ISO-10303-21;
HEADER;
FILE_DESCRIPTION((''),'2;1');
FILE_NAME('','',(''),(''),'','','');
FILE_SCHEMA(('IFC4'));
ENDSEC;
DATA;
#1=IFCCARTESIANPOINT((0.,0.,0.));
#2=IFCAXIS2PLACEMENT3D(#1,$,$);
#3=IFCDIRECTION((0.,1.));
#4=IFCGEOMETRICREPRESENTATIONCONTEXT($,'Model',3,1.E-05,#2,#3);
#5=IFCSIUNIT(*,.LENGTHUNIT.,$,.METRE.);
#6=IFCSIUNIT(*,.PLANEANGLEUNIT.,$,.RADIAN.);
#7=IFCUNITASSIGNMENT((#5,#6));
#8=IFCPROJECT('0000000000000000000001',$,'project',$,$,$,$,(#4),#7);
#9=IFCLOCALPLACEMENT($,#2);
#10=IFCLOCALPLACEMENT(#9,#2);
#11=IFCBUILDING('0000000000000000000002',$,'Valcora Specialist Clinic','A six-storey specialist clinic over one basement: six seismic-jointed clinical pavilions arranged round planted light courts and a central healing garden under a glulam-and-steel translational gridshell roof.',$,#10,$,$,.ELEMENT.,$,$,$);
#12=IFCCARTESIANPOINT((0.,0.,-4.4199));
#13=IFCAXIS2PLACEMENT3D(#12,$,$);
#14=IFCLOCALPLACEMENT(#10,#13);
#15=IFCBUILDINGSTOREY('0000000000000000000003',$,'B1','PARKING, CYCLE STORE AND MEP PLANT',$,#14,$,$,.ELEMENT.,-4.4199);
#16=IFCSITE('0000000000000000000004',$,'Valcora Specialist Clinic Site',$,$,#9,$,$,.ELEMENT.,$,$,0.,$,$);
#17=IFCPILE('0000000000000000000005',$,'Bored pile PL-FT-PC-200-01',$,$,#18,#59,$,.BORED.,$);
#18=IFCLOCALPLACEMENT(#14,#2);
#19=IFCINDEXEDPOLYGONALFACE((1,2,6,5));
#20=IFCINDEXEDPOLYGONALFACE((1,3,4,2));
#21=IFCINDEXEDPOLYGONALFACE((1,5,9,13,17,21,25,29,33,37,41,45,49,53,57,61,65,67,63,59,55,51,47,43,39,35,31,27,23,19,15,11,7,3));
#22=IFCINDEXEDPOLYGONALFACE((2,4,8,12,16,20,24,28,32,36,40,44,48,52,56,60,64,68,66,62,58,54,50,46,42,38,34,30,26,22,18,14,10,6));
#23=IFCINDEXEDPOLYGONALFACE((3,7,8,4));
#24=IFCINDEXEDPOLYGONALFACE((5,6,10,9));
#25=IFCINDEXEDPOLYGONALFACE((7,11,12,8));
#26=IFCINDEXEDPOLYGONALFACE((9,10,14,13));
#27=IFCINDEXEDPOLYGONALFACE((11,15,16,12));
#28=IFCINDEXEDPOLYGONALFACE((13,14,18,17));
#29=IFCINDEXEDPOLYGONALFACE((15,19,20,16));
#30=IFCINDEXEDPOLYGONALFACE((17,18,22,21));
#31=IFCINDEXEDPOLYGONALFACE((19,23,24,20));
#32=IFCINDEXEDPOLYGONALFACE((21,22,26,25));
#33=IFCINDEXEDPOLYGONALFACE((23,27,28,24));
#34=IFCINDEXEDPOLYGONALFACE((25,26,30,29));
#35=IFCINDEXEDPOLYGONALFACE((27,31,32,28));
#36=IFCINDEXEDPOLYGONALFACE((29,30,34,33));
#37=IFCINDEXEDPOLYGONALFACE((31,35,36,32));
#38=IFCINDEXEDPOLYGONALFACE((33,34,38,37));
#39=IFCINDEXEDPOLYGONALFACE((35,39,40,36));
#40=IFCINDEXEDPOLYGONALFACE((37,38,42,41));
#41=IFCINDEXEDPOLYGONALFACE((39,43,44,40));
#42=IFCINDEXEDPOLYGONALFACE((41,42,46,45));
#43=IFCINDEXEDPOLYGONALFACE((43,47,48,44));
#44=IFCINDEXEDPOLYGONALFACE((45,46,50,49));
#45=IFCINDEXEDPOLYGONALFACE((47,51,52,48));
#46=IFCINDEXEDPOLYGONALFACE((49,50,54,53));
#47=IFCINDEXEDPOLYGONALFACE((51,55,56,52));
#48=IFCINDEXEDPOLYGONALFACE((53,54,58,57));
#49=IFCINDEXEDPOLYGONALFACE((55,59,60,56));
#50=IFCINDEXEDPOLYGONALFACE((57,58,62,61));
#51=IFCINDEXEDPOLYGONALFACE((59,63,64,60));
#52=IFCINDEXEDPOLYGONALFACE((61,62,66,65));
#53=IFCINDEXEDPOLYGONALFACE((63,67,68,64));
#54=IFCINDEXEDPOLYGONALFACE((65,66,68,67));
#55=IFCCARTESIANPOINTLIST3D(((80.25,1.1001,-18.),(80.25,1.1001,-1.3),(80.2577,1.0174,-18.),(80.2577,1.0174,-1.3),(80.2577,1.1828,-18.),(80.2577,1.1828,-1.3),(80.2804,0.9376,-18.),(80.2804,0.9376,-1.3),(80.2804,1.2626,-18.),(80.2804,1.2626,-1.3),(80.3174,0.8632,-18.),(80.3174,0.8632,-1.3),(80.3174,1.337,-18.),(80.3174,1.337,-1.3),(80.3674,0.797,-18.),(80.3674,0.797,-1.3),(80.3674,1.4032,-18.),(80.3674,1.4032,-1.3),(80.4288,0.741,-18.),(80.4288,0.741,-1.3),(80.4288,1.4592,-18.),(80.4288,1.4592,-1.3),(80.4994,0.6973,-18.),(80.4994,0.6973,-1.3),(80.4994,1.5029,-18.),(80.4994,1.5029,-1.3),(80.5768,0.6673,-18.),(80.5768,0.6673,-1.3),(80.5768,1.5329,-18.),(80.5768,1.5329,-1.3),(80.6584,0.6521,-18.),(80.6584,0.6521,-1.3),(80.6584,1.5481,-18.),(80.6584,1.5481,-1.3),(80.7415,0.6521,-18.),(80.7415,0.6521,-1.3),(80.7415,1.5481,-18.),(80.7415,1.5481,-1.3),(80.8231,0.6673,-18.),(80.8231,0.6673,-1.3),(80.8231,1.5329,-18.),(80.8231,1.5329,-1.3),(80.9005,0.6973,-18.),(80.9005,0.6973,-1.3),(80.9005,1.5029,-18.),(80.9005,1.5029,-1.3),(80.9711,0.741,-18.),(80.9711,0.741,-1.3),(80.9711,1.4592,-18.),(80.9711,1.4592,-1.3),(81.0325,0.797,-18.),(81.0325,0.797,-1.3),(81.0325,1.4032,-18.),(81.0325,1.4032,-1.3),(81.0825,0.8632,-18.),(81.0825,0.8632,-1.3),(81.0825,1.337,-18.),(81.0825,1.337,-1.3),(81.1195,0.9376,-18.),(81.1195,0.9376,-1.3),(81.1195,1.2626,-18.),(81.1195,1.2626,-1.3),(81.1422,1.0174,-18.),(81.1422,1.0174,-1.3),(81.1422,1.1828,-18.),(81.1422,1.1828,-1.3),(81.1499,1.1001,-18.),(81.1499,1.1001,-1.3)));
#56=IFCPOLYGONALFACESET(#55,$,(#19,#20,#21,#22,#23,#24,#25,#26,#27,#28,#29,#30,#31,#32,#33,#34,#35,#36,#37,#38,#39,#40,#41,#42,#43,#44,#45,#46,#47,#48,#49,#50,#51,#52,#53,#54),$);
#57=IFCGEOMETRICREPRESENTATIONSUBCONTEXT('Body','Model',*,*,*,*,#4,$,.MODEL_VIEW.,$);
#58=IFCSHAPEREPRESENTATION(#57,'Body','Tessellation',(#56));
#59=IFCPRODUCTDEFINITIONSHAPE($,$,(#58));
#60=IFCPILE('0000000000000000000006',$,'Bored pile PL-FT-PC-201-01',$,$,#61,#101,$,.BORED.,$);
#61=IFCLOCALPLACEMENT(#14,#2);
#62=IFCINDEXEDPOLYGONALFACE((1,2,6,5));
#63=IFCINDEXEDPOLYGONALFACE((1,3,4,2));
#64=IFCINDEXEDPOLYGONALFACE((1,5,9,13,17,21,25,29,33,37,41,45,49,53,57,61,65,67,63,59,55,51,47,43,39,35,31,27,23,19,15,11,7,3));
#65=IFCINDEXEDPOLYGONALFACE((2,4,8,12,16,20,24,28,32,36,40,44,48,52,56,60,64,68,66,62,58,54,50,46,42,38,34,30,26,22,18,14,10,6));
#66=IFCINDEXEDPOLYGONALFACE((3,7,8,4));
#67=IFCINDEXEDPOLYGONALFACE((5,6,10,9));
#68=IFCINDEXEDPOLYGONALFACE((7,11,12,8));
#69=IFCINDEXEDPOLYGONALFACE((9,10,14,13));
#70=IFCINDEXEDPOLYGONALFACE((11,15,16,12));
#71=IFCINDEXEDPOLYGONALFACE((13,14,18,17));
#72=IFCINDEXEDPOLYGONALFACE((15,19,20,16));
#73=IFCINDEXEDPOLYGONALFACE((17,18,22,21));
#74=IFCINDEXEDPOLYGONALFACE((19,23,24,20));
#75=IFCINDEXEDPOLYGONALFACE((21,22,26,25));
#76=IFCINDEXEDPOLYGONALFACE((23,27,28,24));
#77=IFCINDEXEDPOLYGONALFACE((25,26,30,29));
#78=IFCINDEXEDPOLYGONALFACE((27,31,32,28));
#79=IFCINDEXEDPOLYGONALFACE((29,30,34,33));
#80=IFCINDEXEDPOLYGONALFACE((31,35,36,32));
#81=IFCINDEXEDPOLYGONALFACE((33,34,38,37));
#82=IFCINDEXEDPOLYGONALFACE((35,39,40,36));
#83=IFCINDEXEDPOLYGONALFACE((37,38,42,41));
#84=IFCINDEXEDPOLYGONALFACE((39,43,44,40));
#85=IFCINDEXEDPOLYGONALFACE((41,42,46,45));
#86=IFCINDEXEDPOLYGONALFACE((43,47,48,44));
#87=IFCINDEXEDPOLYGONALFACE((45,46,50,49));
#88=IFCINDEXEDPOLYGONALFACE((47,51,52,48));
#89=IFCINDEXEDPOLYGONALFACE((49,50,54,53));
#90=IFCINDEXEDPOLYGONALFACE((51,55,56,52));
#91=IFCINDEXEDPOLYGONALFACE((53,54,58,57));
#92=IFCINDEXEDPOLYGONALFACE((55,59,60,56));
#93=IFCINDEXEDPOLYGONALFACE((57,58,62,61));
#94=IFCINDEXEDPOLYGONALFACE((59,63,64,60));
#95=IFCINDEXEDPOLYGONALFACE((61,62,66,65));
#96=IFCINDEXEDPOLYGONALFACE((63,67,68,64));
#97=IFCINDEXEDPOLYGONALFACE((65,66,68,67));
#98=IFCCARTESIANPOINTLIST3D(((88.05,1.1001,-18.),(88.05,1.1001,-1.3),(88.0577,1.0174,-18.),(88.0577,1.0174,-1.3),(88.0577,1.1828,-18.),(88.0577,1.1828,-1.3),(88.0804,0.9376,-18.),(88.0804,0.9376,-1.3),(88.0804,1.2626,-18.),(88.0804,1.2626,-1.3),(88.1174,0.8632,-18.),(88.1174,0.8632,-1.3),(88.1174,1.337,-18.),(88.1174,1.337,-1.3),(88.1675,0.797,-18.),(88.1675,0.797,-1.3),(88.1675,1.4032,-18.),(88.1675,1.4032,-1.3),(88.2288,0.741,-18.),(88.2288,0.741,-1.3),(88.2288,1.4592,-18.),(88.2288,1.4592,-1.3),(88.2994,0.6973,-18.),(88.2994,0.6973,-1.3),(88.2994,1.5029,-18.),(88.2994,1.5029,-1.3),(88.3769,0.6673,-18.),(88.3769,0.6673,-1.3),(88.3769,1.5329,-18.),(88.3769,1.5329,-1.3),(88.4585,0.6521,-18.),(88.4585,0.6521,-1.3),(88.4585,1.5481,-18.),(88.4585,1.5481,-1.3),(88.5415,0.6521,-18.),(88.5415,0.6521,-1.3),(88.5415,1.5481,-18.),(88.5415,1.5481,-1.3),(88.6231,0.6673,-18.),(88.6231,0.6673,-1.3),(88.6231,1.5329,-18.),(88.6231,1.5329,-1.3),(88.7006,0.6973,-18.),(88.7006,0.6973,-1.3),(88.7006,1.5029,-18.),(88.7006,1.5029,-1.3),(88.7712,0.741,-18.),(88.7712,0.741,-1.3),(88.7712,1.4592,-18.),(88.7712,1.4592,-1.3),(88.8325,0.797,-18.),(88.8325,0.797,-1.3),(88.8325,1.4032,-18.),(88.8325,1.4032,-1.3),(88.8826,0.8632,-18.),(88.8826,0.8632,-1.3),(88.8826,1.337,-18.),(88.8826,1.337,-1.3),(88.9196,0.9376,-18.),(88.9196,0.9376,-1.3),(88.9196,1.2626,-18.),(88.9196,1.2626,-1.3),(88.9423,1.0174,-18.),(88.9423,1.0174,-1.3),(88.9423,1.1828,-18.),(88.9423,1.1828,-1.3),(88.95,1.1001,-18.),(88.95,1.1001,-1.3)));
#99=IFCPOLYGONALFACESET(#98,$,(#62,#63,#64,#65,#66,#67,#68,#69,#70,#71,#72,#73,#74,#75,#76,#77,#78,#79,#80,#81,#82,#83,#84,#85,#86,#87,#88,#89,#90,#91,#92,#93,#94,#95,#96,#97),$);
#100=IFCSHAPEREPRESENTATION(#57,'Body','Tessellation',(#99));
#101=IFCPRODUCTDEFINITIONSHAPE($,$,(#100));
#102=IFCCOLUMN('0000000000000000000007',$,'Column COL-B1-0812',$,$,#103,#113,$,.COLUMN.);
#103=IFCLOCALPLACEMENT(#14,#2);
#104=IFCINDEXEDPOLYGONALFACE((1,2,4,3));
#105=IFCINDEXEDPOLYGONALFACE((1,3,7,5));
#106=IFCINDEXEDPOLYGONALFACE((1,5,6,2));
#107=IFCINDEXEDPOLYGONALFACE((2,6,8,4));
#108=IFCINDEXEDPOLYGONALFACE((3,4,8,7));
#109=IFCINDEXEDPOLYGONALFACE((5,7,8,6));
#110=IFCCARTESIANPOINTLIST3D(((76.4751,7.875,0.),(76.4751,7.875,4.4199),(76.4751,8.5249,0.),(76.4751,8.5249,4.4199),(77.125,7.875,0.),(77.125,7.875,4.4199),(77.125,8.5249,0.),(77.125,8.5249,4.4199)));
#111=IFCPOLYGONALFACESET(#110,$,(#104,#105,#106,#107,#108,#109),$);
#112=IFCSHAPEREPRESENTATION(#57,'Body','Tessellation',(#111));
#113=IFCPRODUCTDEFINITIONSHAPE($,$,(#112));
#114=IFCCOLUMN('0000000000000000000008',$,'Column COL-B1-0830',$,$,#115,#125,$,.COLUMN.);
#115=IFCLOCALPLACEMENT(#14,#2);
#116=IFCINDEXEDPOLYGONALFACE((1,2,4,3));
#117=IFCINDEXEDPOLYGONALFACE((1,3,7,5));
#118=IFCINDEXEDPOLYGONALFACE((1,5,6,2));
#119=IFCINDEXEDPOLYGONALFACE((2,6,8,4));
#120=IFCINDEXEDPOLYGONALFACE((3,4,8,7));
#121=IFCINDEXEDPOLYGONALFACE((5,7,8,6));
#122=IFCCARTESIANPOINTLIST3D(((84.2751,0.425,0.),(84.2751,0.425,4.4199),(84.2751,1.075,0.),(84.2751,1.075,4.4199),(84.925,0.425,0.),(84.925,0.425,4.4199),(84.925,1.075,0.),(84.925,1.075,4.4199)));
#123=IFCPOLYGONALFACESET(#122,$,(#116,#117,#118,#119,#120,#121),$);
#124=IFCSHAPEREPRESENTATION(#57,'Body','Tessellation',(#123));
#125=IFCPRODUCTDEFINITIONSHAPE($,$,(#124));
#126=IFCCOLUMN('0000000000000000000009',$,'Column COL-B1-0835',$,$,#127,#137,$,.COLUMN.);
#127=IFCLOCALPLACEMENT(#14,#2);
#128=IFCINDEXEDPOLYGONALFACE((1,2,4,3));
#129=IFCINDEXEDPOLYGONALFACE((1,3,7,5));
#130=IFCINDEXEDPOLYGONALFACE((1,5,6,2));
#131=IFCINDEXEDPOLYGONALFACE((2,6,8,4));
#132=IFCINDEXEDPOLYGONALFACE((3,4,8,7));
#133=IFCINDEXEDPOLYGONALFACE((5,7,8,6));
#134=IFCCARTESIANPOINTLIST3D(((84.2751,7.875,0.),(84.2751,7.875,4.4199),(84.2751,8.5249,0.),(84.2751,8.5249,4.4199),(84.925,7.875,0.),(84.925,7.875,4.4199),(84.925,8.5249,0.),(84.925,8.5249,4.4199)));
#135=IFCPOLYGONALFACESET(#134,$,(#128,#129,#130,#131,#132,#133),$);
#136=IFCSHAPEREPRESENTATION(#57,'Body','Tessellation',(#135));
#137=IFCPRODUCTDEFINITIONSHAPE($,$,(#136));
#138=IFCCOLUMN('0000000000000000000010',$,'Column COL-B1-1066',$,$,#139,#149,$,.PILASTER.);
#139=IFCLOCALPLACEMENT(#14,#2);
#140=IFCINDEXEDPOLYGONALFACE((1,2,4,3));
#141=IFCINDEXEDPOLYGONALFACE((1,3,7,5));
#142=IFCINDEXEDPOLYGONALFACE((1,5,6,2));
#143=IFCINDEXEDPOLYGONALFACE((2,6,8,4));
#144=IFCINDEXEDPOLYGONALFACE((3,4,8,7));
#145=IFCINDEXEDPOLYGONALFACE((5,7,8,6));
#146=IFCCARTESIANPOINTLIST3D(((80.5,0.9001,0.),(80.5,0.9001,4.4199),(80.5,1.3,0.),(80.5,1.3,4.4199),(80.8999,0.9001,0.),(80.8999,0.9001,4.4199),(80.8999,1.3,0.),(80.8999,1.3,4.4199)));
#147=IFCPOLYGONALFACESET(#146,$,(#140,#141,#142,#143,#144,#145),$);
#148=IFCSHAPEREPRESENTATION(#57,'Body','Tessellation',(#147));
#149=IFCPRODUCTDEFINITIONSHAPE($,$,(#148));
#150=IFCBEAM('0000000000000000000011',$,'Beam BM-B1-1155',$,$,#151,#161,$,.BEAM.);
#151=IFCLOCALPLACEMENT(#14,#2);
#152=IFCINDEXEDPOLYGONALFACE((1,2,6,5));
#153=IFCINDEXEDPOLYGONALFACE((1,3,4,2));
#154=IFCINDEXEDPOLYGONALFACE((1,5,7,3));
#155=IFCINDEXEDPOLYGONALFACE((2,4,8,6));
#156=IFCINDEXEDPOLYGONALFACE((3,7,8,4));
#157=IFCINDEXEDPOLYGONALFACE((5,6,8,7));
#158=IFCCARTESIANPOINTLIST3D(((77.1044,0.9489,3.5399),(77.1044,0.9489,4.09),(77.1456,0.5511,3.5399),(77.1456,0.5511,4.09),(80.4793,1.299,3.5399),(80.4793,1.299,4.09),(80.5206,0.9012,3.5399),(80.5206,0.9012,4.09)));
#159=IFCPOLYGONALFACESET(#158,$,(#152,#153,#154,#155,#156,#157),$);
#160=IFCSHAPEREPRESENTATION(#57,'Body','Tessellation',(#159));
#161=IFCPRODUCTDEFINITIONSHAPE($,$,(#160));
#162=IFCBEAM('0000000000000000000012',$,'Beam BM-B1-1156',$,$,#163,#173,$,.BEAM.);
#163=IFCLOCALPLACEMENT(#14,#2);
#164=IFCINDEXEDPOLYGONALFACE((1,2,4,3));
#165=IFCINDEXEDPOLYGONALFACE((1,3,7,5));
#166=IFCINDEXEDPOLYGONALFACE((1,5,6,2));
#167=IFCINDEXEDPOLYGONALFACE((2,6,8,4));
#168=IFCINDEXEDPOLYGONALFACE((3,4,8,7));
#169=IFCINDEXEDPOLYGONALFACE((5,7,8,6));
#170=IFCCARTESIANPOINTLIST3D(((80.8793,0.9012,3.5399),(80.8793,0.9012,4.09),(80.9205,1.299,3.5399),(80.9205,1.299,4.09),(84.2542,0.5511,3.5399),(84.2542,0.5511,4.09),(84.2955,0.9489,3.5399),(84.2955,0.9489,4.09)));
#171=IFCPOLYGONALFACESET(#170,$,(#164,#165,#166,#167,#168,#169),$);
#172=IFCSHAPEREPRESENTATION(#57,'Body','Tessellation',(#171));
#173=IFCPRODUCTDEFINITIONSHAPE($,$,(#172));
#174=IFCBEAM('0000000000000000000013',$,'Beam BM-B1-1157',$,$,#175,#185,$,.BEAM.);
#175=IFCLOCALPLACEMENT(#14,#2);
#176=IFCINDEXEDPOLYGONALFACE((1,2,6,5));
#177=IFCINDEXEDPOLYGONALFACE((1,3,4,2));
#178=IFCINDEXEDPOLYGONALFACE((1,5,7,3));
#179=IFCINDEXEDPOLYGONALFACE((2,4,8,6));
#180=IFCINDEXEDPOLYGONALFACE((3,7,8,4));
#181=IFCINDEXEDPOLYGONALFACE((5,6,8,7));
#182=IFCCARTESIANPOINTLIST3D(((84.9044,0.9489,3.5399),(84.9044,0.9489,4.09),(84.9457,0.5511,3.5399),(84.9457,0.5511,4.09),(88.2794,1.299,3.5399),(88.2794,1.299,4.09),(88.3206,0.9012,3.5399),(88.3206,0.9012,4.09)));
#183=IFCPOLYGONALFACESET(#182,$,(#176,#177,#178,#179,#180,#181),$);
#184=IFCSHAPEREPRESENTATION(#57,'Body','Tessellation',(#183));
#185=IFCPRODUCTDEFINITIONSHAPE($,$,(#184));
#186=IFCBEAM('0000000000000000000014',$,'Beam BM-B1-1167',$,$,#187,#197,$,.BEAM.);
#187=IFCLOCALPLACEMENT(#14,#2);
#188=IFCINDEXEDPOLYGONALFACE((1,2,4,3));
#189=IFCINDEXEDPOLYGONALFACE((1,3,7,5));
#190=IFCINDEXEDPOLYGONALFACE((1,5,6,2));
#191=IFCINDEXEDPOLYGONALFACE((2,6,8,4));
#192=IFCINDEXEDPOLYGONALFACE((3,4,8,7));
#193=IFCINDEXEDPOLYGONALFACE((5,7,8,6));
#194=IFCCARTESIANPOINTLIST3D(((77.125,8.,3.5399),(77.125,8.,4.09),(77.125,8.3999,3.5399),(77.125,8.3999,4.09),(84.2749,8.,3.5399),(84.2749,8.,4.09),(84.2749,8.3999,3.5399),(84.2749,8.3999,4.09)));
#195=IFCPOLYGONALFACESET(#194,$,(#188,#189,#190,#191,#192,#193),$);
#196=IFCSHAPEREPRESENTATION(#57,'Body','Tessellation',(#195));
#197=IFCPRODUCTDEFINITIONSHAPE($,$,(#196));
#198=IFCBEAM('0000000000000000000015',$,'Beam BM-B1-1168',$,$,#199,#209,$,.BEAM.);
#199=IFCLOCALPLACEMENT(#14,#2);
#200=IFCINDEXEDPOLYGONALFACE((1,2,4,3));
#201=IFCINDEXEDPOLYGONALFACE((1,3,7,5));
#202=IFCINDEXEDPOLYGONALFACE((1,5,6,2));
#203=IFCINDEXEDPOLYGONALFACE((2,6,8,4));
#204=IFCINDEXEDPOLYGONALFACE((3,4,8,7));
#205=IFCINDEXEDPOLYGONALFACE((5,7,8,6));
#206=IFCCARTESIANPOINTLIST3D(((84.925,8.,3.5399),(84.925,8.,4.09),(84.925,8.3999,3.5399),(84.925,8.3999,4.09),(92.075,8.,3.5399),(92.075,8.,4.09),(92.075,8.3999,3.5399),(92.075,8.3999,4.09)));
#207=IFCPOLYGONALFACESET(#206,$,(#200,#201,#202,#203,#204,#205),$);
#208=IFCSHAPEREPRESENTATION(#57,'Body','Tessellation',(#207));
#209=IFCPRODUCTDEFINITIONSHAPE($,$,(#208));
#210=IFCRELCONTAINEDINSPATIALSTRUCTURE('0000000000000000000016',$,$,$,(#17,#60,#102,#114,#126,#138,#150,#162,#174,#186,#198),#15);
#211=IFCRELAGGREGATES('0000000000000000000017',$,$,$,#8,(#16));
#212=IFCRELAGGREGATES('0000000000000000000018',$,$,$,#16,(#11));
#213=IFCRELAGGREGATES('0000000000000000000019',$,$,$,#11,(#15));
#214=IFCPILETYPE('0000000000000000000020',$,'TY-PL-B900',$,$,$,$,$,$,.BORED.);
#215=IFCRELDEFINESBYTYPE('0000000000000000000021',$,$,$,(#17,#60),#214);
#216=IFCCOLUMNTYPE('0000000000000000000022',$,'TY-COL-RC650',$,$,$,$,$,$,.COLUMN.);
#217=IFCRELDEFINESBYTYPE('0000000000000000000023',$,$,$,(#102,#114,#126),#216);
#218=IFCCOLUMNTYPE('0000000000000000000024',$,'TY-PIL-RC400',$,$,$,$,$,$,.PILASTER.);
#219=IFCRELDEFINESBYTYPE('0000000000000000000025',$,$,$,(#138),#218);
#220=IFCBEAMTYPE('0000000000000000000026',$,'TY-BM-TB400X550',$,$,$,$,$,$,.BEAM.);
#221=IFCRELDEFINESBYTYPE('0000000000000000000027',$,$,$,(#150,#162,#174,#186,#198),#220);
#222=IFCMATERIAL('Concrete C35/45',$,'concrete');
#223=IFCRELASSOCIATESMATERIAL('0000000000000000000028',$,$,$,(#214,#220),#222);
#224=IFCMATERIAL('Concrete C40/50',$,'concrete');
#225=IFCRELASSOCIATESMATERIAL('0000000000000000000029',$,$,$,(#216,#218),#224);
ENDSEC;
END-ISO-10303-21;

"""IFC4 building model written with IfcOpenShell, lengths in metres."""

from ifc_helpers import new_model, si_unit, direction, frame, origin, origin_2d, place, context, subcontext, project, spatial, rectangle, circle, extrude, material, material_profile, profile_set, type_object, element, save


model = new_model("IFC4")

# Units and contexts
model_context = context("Model", 3, precision=1e-05, world=origin(), true_north=direction((0.0, 1.0)))
body_context = subcontext(model_context, "Body", "Model", "MODEL_VIEW")
ifc_project = project(units=[si_unit("LENGTHUNIT", "METRE"), si_unit("PLANEANGLEUNIT", "RADIAN")], contexts=[model_context])

# Site, building, storey
site_placement = place(None, origin())
site = spatial("IfcSite", under=ifc_project, at=site_placement, Name="Valcora Specialist Clinic Site", CompositionType="ELEMENT", RefElevation=0.0)
building_placement = place(site_placement, origin())
building = spatial("IfcBuilding", under=site, at=building_placement, Name="Valcora Specialist Clinic", Description="A six-storey specialist clinic over one basement: six seismic-jointed clinical pavilions arranged round planted light courts and a central healing garden under a glulam-and-steel translational gridshell roof.", CompositionType="ELEMENT")
storey_placement = place(building_placement, frame((0.0, 0.0, -4.4199)))
storey = spatial("IfcBuildingStorey", under=building, at=storey_placement, Name="B1", Description="PARKING, CYCLE STORE AND MEP PLANT", CompositionType="ELEMENT", Elevation=-4.4199)

# Shared definitions
ifc_material_1 = material(Name="Concrete C35/45", Category="concrete")

# Piles
ifc_material_profile_1 = material_profile(ifc_material_1, circle(Radius=0.45, at=origin_2d()), Name="RC-PIL-D900")
ifc_profile_set_1 = profile_set([ifc_material_profile_1], Name="Concrete C35/45")
pile_type = type_object("IfcPileType", Name="TY-PL-B900", PredefinedType="BORED", material=ifc_profile_set_1)
for number, where, z_axis, x_axis, name in (
    (1, (80.7, 1.1001, -1.3), (0.0, 0.0, -1.0), (1.0, 0.0, 0.0), "Bored pile PL-FT-PC-200-01"),
    (2, (88.5, 1.1001, -1.3), (0.0, 0.0, -1.0), (1.0, 0.0, 0.0), "Bored pile PL-FT-PC-201-01"),
):
    element("IfcPile", number, at=place(storey_placement, frame(where, z_axis=z_axis, x_axis=x_axis)), inside=storey, type_object=pile_type, Name=name, PredefinedType="BORED", context=body_context, shape_type="SweptSolid", body=[
        extrude(circle(Radius=0.45, at=origin_2d()), origin(), (0.0, 0.0, 1.0), 16.7),
    ])

# Columns
ifc_material_2 = material(Name="Concrete C40/50", Category="concrete")
ifc_material_profile_2 = material_profile(ifc_material_2, rectangle(XDim=0.6499, YDim=0.6499, at=origin_2d()), Name="RC-COL-650X650")
ifc_profile_set_2 = profile_set([ifc_material_profile_2], Name="Concrete C40/50")
column_type_1 = type_object("IfcColumnType", Name="TY-COL-RC650", PredefinedType="COLUMN", material=ifc_profile_set_2)
for number, where, z_axis, x_axis, name in (
    (3, (76.8, 8.2, 0.0), (0.0, 0.0, 1.0), (1.0, 0.0, 0.0), "Column COL-B1-0812"),
    (4, (84.6001, 0.75, 0.0), (0.0, 0.0, 1.0), (1.0, 0.0, 0.0), "Column COL-B1-0830"),
    (5, (84.6001, 8.2, 0.0), (0.0, 0.0, 1.0), (1.0, 0.0, 0.0), "Column COL-B1-0835"),
):
    element("IfcColumn", number, at=place(storey_placement, frame(where, z_axis=z_axis, x_axis=x_axis)), inside=storey, type_object=column_type_1, Name=name, PredefinedType="COLUMN", context=body_context, shape_type="SweptSolid", body=[
        extrude(rectangle(XDim=0.6499, YDim=0.6499, at=origin_2d()), origin(), (0.0, 0.0, 1.0), 4.4199),
    ])
ifc_material_profile_3 = material_profile(ifc_material_2, rectangle(XDim=0.3999, YDim=0.3999, at=origin_2d()), Name="RC-COL-400X400")
ifc_profile_set_3 = profile_set([ifc_material_profile_3], Name="Concrete C40/50")
column_type_2 = type_object("IfcColumnType", Name="TY-PIL-RC400", PredefinedType="PILASTER", material=ifc_profile_set_3)
column_placement = place(storey_placement, frame((80.7, 1.1001, 0.0), z_axis=(0.0, 0.0, 1.0), x_axis=(1.0, 0.0, 0.0)))
element("IfcColumn", 6, at=column_placement, inside=storey, type_object=column_type_2, Name="Column COL-B1-1066", PredefinedType="PILASTER", context=body_context, shape_type="SweptSolid", body=[
    extrude(rectangle(XDim=0.3999, YDim=0.3999, at=origin_2d()), origin(), (0.0, 0.0, 1.0), 4.4199),
])

# Beams
ifc_material_profile_4 = material_profile(ifc_material_1, rectangle(XDim=0.3999, YDim=0.55, at=origin_2d()), Name="RC-TB-400X550")
ifc_profile_set_4 = profile_set([ifc_material_profile_4], Name="Concrete C35/45")
beam_type = type_object("IfcBeamType", Name="TY-BM-TB400X550", PredefinedType="BEAM", material=ifc_profile_set_4)
for number, where, z_axis, x_axis, name in (
    (7, (77.125, 0.75, 3.8149), (0.994663, 0.103179, 0.0), (-0.103179, 0.994663, 0.0), "Beam BM-B1-1155"),
    (8, (80.8999, 1.1001, 3.8149), (0.994663, -0.103179, 0.0), (0.103179, 0.994663, 0.0), "Beam BM-B1-1156"),
    (9, (84.925, 0.75, 3.8149), (0.994663, 0.103179, 0.0), (-0.103179, 0.994663, 0.0), "Beam BM-B1-1157"),
):
    element("IfcBeam", number, at=place(storey_placement, frame(where, z_axis=z_axis, x_axis=x_axis)), inside=storey, type_object=beam_type, Name=name, PredefinedType="BEAM", context=body_context, shape_type="SweptSolid", body=[
        extrude(rectangle(XDim=0.3999, YDim=0.55, at=origin_2d()), origin(), (0.0, 0.0, 1.0), 3.3931),
    ])
for number, where, z_axis, x_axis, name in (
    (10, (77.125, 8.2, 3.8149), (1.0, 0.0, 0.0), (0.0, 1.0, 0.0), "Beam BM-B1-1167"),
    (11, (84.925, 8.2, 3.8149), (1.0, 0.0, 0.0), (0.0, 1.0, 0.0), "Beam BM-B1-1168"),
):
    element("IfcBeam", number, at=place(storey_placement, frame(where, z_axis=z_axis, x_axis=x_axis)), inside=storey, type_object=beam_type, Name=name, PredefinedType="BEAM", context=body_context, shape_type="SweptSolid", body=[
        extrude(rectangle(XDim=0.3999, YDim=0.55, at=origin_2d()), origin(), (0.0, 0.0, 1.0), 7.1499),
    ])

save(model, "model.ifc")
